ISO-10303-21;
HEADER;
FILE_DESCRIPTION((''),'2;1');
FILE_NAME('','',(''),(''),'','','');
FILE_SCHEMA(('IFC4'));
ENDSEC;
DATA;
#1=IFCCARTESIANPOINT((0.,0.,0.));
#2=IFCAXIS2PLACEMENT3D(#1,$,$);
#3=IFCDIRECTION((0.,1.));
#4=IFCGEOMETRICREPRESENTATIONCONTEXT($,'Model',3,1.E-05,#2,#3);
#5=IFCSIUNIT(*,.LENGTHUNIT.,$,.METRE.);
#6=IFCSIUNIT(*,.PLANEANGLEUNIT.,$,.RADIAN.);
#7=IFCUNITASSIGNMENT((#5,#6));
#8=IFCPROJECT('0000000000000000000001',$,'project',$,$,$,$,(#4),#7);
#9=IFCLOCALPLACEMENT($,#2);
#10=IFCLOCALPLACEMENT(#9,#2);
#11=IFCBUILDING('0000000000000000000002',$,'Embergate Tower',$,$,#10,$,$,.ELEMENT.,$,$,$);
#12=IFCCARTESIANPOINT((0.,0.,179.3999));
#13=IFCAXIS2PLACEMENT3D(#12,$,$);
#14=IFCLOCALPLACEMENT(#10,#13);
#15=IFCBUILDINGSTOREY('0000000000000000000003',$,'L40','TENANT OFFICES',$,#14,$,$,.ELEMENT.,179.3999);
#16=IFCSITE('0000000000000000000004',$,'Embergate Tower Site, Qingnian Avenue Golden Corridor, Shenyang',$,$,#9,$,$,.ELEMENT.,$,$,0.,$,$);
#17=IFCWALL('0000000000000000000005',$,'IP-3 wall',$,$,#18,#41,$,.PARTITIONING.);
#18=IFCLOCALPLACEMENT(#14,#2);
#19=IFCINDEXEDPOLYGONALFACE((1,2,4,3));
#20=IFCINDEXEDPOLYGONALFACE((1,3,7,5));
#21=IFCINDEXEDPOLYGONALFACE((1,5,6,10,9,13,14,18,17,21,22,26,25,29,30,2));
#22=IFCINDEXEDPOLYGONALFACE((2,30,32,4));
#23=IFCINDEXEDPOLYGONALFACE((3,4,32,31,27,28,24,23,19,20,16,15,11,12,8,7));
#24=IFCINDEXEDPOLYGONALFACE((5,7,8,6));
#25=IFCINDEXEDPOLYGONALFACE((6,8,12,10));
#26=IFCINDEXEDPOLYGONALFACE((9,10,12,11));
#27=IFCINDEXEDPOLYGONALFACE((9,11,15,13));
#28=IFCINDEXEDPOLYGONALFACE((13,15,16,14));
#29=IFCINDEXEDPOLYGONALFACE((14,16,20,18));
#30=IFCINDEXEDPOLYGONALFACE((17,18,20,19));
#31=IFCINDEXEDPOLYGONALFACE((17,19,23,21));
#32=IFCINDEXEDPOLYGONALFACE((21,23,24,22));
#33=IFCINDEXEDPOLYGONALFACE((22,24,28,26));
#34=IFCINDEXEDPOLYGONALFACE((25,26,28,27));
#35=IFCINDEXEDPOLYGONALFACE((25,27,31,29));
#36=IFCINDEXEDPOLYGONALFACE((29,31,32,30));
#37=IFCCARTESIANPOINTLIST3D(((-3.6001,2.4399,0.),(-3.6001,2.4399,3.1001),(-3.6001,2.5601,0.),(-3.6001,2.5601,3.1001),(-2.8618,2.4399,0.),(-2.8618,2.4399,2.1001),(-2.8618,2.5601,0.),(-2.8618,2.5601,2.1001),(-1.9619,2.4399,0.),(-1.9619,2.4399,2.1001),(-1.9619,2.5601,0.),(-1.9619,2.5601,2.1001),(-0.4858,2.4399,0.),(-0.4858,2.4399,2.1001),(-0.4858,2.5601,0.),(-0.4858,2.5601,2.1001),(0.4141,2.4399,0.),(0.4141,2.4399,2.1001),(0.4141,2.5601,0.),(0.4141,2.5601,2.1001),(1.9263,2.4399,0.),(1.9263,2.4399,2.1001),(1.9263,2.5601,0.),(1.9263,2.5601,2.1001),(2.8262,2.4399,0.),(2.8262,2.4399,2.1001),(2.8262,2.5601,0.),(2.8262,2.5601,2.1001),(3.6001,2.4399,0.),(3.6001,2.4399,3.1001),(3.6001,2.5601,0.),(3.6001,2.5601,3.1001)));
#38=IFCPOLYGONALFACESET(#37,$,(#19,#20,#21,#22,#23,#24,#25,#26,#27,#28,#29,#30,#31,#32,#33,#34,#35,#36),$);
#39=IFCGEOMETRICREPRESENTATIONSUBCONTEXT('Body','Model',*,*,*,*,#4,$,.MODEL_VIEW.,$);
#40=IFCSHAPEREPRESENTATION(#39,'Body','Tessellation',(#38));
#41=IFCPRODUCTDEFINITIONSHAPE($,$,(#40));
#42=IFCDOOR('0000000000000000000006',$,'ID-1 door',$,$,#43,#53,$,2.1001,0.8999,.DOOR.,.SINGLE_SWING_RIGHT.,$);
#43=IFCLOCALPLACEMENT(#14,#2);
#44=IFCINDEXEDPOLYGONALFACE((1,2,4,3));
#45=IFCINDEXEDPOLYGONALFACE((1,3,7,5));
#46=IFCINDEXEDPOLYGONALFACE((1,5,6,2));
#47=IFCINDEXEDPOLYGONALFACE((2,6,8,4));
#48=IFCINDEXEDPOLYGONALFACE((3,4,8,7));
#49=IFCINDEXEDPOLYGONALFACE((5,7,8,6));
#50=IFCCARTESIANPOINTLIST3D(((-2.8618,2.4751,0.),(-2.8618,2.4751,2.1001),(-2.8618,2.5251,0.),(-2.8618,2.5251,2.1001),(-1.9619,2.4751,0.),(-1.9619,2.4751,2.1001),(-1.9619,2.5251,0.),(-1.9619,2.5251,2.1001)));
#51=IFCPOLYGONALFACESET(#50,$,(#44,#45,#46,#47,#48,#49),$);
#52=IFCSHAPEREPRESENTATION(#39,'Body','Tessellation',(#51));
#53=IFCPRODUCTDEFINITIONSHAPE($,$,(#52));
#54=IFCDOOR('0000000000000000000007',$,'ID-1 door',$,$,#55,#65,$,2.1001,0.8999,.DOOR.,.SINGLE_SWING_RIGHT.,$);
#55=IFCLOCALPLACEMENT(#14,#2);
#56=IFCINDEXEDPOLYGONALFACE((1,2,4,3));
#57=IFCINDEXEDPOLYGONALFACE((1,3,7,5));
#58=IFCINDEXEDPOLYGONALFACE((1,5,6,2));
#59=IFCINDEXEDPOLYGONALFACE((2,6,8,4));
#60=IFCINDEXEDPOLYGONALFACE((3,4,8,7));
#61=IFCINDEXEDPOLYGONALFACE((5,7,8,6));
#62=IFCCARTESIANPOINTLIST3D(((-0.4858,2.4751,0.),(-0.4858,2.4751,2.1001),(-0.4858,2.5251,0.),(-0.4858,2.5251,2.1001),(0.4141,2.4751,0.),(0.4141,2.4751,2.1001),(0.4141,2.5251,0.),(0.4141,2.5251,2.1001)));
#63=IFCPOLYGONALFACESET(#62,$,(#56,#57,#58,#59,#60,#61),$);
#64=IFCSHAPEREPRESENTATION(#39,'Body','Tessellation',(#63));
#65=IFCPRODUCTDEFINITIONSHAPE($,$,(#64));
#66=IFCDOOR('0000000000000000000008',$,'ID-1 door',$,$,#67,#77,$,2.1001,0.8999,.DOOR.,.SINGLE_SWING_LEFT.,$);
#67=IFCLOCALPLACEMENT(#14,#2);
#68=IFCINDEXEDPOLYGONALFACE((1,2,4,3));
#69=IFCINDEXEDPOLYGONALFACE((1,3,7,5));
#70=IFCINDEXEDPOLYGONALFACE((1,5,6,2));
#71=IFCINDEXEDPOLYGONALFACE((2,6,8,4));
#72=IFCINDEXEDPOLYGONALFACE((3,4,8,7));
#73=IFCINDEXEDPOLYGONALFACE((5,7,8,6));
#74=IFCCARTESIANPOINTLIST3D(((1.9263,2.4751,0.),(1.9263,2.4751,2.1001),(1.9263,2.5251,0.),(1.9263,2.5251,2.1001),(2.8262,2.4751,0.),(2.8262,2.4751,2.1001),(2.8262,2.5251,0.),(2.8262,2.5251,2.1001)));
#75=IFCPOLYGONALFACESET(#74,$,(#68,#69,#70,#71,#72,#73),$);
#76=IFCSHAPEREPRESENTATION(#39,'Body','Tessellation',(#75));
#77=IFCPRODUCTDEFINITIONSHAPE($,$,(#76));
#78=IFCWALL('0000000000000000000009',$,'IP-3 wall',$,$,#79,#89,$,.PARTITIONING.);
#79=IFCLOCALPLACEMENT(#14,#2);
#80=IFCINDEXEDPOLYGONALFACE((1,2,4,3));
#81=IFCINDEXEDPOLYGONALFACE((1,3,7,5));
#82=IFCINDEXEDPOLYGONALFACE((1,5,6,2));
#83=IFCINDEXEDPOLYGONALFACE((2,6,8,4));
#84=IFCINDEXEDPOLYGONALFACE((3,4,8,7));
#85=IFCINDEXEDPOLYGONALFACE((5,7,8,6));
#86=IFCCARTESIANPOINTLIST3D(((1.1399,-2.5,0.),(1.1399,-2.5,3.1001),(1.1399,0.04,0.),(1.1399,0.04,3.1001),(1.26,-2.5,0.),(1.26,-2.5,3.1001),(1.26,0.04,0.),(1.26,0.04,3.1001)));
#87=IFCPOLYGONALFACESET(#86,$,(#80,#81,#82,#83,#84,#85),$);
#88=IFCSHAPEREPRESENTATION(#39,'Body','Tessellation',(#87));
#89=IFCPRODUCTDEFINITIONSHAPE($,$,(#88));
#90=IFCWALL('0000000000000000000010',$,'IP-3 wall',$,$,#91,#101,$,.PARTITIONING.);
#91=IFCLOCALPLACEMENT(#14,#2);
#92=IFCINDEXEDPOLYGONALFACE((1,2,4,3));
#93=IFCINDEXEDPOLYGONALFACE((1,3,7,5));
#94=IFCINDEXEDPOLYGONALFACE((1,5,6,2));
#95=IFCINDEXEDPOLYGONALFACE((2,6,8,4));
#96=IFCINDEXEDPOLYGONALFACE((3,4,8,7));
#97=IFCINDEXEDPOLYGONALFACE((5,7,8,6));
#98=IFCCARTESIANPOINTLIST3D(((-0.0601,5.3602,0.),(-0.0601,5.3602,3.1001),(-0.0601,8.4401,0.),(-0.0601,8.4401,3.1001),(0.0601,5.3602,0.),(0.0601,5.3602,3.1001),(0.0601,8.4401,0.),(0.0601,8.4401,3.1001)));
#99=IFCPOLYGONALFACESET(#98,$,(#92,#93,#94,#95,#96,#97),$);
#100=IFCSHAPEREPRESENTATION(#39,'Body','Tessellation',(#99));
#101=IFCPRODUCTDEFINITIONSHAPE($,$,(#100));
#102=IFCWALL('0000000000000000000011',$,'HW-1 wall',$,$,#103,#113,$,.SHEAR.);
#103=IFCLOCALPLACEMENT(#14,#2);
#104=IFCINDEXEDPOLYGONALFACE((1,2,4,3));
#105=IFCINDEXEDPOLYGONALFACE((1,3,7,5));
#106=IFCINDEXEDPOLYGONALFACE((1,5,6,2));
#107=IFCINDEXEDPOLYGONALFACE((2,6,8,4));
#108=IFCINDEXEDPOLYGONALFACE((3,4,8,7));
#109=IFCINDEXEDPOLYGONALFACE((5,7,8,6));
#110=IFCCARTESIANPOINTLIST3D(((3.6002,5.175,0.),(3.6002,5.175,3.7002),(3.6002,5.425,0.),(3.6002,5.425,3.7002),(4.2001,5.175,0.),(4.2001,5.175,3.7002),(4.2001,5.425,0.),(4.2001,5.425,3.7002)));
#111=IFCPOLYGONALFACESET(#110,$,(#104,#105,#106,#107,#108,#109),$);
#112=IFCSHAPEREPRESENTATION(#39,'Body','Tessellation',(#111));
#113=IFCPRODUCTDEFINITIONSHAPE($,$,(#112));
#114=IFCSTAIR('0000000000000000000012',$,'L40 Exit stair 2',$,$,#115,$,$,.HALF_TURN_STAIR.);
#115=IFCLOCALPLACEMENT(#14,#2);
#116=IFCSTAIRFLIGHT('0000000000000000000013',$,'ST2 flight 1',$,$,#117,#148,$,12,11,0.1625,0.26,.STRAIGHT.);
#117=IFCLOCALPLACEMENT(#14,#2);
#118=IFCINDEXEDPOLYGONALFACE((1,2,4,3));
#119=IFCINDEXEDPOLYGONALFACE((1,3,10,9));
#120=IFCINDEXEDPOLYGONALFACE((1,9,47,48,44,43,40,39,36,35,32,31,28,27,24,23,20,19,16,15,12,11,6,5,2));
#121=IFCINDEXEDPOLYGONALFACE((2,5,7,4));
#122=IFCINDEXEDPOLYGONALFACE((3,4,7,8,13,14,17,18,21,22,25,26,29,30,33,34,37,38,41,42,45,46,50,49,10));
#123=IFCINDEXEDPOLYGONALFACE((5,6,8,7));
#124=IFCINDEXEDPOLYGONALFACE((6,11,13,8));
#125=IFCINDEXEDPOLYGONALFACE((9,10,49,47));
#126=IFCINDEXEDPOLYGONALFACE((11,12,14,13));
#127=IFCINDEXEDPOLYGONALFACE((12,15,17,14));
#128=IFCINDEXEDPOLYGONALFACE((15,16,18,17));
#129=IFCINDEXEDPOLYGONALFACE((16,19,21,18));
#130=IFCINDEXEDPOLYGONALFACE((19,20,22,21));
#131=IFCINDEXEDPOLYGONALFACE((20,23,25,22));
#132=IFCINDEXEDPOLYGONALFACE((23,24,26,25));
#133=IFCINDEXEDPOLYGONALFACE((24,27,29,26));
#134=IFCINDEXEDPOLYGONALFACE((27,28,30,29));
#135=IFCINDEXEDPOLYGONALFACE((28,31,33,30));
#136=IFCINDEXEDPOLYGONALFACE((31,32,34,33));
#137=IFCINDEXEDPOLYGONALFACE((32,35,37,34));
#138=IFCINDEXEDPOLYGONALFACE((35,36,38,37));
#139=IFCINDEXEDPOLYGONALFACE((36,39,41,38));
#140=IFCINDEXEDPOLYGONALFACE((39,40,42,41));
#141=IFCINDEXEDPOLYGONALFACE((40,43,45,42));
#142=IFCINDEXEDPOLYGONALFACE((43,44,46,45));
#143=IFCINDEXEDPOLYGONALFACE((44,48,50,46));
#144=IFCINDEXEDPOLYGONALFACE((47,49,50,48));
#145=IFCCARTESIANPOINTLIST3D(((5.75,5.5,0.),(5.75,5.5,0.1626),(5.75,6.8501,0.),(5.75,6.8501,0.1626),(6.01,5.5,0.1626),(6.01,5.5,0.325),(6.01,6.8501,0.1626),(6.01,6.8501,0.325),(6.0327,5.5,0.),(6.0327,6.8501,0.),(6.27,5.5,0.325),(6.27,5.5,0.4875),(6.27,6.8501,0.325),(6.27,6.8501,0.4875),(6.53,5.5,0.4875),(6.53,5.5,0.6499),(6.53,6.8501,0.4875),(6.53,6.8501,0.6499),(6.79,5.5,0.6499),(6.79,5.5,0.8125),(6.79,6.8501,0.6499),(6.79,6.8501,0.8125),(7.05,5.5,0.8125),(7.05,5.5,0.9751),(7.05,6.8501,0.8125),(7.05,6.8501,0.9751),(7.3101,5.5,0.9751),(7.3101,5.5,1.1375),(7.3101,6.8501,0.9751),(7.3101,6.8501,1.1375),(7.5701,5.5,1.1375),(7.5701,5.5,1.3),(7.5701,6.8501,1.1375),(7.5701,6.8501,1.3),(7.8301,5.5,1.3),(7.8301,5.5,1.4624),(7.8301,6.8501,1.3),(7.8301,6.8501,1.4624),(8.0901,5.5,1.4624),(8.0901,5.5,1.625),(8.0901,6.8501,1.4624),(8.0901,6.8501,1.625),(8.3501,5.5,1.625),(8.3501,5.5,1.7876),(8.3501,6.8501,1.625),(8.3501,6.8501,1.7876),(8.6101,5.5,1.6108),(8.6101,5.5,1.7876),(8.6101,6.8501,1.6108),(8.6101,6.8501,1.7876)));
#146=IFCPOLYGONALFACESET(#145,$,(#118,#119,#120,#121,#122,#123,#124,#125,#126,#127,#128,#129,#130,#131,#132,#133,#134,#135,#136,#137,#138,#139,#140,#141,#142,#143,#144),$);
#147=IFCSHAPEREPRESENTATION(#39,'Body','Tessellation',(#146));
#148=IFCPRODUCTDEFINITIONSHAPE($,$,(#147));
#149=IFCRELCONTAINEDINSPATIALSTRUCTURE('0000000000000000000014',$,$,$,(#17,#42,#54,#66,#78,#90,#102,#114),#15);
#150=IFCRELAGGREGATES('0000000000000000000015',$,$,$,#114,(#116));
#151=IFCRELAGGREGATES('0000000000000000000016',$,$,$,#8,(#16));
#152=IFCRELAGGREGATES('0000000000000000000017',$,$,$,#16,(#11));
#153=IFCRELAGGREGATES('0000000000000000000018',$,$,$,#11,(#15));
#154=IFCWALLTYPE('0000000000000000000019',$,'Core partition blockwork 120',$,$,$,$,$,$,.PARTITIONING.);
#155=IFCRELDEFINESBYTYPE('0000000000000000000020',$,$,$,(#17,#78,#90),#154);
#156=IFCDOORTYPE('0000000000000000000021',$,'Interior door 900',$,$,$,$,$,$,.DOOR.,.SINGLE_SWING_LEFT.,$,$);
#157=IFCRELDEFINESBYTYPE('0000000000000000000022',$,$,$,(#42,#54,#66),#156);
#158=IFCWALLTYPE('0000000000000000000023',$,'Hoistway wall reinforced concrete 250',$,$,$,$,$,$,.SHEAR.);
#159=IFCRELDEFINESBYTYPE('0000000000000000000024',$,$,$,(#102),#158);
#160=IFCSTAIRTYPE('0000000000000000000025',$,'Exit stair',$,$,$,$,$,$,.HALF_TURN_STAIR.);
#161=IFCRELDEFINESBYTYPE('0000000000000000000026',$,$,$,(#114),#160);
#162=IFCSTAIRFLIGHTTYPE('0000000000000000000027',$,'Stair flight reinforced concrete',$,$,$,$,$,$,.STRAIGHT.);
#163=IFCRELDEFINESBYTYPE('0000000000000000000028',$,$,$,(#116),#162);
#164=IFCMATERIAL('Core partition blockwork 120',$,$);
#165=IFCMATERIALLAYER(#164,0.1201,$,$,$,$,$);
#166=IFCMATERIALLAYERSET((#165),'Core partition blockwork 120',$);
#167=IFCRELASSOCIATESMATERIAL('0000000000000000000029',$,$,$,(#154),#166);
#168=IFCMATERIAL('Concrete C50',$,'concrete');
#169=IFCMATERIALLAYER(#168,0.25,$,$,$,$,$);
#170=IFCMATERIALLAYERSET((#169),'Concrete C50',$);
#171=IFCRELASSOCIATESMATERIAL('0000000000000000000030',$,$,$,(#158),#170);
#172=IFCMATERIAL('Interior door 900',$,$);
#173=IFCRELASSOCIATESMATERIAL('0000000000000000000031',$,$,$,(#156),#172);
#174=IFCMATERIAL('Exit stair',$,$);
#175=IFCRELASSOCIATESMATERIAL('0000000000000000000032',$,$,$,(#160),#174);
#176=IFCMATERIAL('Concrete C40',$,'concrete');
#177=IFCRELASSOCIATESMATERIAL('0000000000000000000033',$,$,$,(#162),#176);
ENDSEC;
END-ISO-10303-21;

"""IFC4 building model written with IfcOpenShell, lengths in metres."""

from ifc_helpers import new_model, si_unit, direction, frame, frame_2d, origin, place, context, subcontext, project, spatial, polyline, rectangle, outline, extrude, source, transform, mapped, material, layer, layer_set, type_object, element, fill, aggregate, save


model = new_model("IFC4")

# Units and contexts
model_context = context("Model", 3, precision=1e-05, world=origin(), true_north=direction((0.0, 1.0)))
body_context = subcontext(model_context, "Body", "Model", "MODEL_VIEW")
ifc_project = project(units=[si_unit("LENGTHUNIT", "METRE"), si_unit("PLANEANGLEUNIT", "RADIAN")], contexts=[model_context])

# Site, building, storey
site_placement = place(None, origin())
site = spatial("IfcSite", under=ifc_project, at=site_placement, Name="Embergate Tower Site, Qingnian Avenue Golden Corridor, Shenyang", CompositionType="ELEMENT", RefElevation=0.0)
building_placement = place(site_placement, origin())
building = spatial("IfcBuilding", under=site, at=building_placement, Name="Embergate Tower", CompositionType="ELEMENT")
storey_placement = place(building_placement, frame((0.0, 0.0, 179.3999)))
storey = spatial("IfcBuildingStorey", under=building, at=storey_placement, Name="L40", Description="TENANT OFFICES", CompositionType="ELEMENT", Elevation=179.3999)

# Shared definitions
ifc_material_1 = material(Name="Core partition blockwork 120")
ifc_layer_1 = layer(ifc_material_1, 0.1201)
ifc_layer_set_1 = layer_set([ifc_layer_1], Name="Core partition blockwork 120")
wall_type_1 = type_object("IfcWallType", Name="Core partition blockwork 120", PredefinedType="PARTITIONING", material=ifc_layer_set_1)

# Shared definitions
ifc_material_2 = material(Name="Concrete C50", Category="concrete")
ifc_layer_2 = layer(ifc_material_2, 0.25)
ifc_layer_set_2 = layer_set([ifc_layer_2], Name="Concrete C50")
wall_type_2 = type_object("IfcWallType", Name="Hoistway wall reinforced concrete 250", PredefinedType="SHEAR", material=ifc_layer_set_2)

# Shared definitions
shared_shape_1 = source(origin(), body_context, "Body", "SweptSolid", [
    extrude(rectangle(XDim=0.8999, YDim=2.1001, at=frame_2d((0.45, 1.05))), frame((0.0, 0.0701, 0.0), z_axis=(0.0, -1.0, 0.0), x_axis=(1.0, 0.0, 0.0)), (0.0, 0.0, 1.0), 0.1401),
])
ifc_material_3 = material(Name="Interior door 900")
door_type_1 = type_object("IfcDoorType", Name="Interior door 900", OperationType="SINGLE_SWING_LEFT", PredefinedType="DOOR", material=ifc_material_3)
shared_shape_2 = source(origin(), body_context, "Body", "SweptSolid", [
    extrude(rectangle(XDim=0.8999, YDim=2.1001, at=frame_2d((0.45, 1.05))), frame((0.0, 0.0249, 0.0), z_axis=(0.0, -1.0, 0.0), x_axis=(1.0, 0.0, 0.0)), (0.0, 0.0, 1.0), 0.05),
])

# Wall, openings, doors
shared_shape_3 = source(origin(), body_context, "Body", "SweptSolid", [
    extrude(rectangle(XDim=7.2002, YDim=0.1201, at=frame_2d((3.6001, 0.0))), origin(), (0.0, 0.0, 1.0), 3.1001),
])
wall_1_placement = place(storey_placement, frame((3.6001, 2.5, 0.0), z_axis=(0.0, 0.0, 1.0), x_axis=(-1.0, 0.0, 0.0)))
wall_1 = element("IfcWall", 1, at=wall_1_placement, inside=storey, type_object=wall_type_1, Name="IP-3 wall", PredefinedType="PARTITIONING", context=body_context, shape_type="MappedRepresentation", body=[
    mapped(shared_shape_3, transform((0.0, 0.0, 0.0))),
])
opening_1_placement = place(wall_1_placement, frame((5.562, 0.0, 0.0)))
opening_1 = element("IfcOpeningElement", 2, at=opening_1_placement, cuts=wall_1, PredefinedType="OPENING", context=body_context, shape_type="MappedRepresentation", body=[
    mapped(shared_shape_1, transform((0.0, 0.0, 0.0))),
])
opening_2_placement = place(wall_1_placement, frame((3.186, 0.0, 0.0)))
opening_2 = element("IfcOpeningElement", 3, at=opening_2_placement, cuts=wall_1, PredefinedType="OPENING", context=body_context, shape_type="MappedRepresentation", body=[
    mapped(shared_shape_1, transform((0.0, 0.0, 0.0))),
])
opening_3_placement = place(wall_1_placement, frame((0.7739, 0.0, 0.0)))
opening_3 = element("IfcOpeningElement", 4, at=opening_3_placement, cuts=wall_1, PredefinedType="OPENING", context=body_context, shape_type="MappedRepresentation", body=[
    mapped(shared_shape_1, transform((0.0, 0.0, 0.0))),
])
door_1_placement = place(opening_1_placement, origin())
door_1 = element("IfcDoor", 5, at=door_1_placement, inside=storey, type_object=door_type_1, Name="ID-1 door", OperationType="SINGLE_SWING_RIGHT", OverallHeight=2.1001, OverallWidth=0.8999, PredefinedType="DOOR", context=body_context, shape_type="MappedRepresentation", body=[
    mapped(shared_shape_2, transform((0.0, 0.0, 0.0))),
])
fill(opening_1, door_1)
door_2_placement = place(opening_2_placement, origin())
door_2 = element("IfcDoor", 6, at=door_2_placement, inside=storey, type_object=door_type_1, Name="ID-1 door", OperationType="SINGLE_SWING_RIGHT", OverallHeight=2.1001, OverallWidth=0.8999, PredefinedType="DOOR", context=body_context, shape_type="MappedRepresentation", body=[
    mapped(shared_shape_2, transform((0.0, 0.0, 0.0))),
])
fill(opening_2, door_2)
door_3_placement = place(opening_3_placement, origin())
door_3 = element("IfcDoor", 7, at=door_3_placement, inside=storey, type_object=door_type_1, Name="ID-1 door", OperationType="SINGLE_SWING_LEFT", OverallHeight=2.1001, OverallWidth=0.8999, PredefinedType="DOOR", context=body_context, shape_type="MappedRepresentation", body=[
    mapped(shared_shape_2, transform((0.0, 0.0, 0.0))),
])
fill(opening_3, door_3)

# Walls
shared_shape_4 = source(origin(), body_context, "Body", "SweptSolid", [
    extrude(rectangle(XDim=2.54, YDim=0.1201, at=frame_2d((1.27, 0.0))), origin(), (0.0, 0.0, 1.0), 3.1001),
])
wall_2_placement = place(storey_placement, frame((1.2, 0.04, 0.0), z_axis=(0.0, 0.0, 1.0), x_axis=(0.0, -1.0, 0.0)))
element("IfcWall", 8, at=wall_2_placement, inside=storey, type_object=wall_type_1, Name="IP-3 wall", PredefinedType="PARTITIONING", context=body_context, shape_type="MappedRepresentation", body=[
    mapped(shared_shape_4, transform((0.0, 0.0, 0.0))),
])
shared_shape_5 = source(origin(), body_context, "Body", "SweptSolid", [
    extrude(rectangle(XDim=3.0798, YDim=0.1201, at=frame_2d((1.54, 0.0))), origin(), (0.0, 0.0, 1.0), 3.1001),
])
wall_3_placement = place(storey_placement, frame((0.0, 5.3601, 0.0), z_axis=(0.0, 0.0, 1.0), x_axis=(0.0, 1.0, 0.0)))
element("IfcWall", 9, at=wall_3_placement, inside=storey, type_object=wall_type_1, Name="IP-3 wall", PredefinedType="PARTITIONING", context=body_context, shape_type="MappedRepresentation", body=[
    mapped(shared_shape_5, transform((0.0, 0.0, 0.0))),
])
shared_shape_6 = source(origin(), body_context, "Body", "SweptSolid", [
    extrude(rectangle(XDim=0.5999, YDim=0.25, at=frame_2d((0.2998, 0.0))), origin(), (0.0, 0.0, 1.0), 3.7002),
])
wall_4_placement = place(storey_placement, frame((4.2, 5.3, 0.0), z_axis=(0.0, 0.0, 1.0), x_axis=(-1.0, 0.0, 0.0)))
element("IfcWall", 10, at=wall_4_placement, inside=storey, type_object=wall_type_2, Name="HW-1 wall", PredefinedType="SHEAR", context=body_context, shape_type="MappedRepresentation", body=[
    mapped(shared_shape_6, transform((0.0, 0.0, 0.0))),
])

# Stair, stair flight
ifc_material_4 = material(Name="Exit stair")
stair_type = type_object("IfcStairType", Name="Exit stair", PredefinedType="HALF_TURN_STAIR", material=ifc_material_4)
stair_placement = place(storey_placement, origin())
stair = element("IfcStair", 11, at=stair_placement, inside=storey, type_object=stair_type, Name="L40 Exit stair 2", PredefinedType="HALF_TURN_STAIR")
ifc_material_5 = material(Name="Concrete C40", Category="concrete")
stair_flight_type = type_object("IfcStairFlightType", Name="Stair flight reinforced concrete", PredefinedType="STRAIGHT", material=ifc_material_5)
shared_shape_7 = source(origin(), body_context, "Body", "SweptSolid", [
    extrude(outline(polyline([(0.0, 0.0), (0.0, 0.1626), (0.26, 0.1626), (0.26, 0.325), (0.52, 0.325), (0.52, 0.4875), (0.78, 0.4875), (0.78, 0.6499), (1.04, 0.6499), (1.04, 0.8125), (1.3, 0.8125), (1.3, 0.9751), (1.5601, 0.9751), (1.5601, 1.1375), (1.8201, 1.1375), (1.8201, 1.3), (2.0801, 1.3), (2.0801, 1.4624), (2.3401, 1.4624), (2.3401, 1.625), (2.6001, 1.625), (2.6001, 1.7876), (2.8601, 1.7876), (2.8601, 1.95), (2.8601, 1.6108), (0.2827, 0.0), (0.0, 0.0)])), frame((0.0, 0.675, 0.0), z_axis=(0.0, -1.0, 0.0), x_axis=(1.0, 0.0, 0.0)), (0.0, 0.0, 1.0), 1.3501),
])
stair_flight_placement = place(storey_placement, frame((5.75, 6.175, 0.0), z_axis=(0.0, 0.0, 1.0), x_axis=(1.0, 0.0, 0.0)))
stair_flight = element("IfcStairFlight", 12, at=stair_flight_placement, type_object=stair_flight_type, Name="ST2 flight 1", NumberOfRisers=12, NumberOfTreads=11, PredefinedType="STRAIGHT", RiserHeight=0.1625, TreadLength=0.26, context=body_context, shape_type="MappedRepresentation", body=[
    mapped(shared_shape_7, transform((0.0, 0.0, 0.0))),
])
aggregate(stair, [stair_flight])

save(model, "model.ifc")
